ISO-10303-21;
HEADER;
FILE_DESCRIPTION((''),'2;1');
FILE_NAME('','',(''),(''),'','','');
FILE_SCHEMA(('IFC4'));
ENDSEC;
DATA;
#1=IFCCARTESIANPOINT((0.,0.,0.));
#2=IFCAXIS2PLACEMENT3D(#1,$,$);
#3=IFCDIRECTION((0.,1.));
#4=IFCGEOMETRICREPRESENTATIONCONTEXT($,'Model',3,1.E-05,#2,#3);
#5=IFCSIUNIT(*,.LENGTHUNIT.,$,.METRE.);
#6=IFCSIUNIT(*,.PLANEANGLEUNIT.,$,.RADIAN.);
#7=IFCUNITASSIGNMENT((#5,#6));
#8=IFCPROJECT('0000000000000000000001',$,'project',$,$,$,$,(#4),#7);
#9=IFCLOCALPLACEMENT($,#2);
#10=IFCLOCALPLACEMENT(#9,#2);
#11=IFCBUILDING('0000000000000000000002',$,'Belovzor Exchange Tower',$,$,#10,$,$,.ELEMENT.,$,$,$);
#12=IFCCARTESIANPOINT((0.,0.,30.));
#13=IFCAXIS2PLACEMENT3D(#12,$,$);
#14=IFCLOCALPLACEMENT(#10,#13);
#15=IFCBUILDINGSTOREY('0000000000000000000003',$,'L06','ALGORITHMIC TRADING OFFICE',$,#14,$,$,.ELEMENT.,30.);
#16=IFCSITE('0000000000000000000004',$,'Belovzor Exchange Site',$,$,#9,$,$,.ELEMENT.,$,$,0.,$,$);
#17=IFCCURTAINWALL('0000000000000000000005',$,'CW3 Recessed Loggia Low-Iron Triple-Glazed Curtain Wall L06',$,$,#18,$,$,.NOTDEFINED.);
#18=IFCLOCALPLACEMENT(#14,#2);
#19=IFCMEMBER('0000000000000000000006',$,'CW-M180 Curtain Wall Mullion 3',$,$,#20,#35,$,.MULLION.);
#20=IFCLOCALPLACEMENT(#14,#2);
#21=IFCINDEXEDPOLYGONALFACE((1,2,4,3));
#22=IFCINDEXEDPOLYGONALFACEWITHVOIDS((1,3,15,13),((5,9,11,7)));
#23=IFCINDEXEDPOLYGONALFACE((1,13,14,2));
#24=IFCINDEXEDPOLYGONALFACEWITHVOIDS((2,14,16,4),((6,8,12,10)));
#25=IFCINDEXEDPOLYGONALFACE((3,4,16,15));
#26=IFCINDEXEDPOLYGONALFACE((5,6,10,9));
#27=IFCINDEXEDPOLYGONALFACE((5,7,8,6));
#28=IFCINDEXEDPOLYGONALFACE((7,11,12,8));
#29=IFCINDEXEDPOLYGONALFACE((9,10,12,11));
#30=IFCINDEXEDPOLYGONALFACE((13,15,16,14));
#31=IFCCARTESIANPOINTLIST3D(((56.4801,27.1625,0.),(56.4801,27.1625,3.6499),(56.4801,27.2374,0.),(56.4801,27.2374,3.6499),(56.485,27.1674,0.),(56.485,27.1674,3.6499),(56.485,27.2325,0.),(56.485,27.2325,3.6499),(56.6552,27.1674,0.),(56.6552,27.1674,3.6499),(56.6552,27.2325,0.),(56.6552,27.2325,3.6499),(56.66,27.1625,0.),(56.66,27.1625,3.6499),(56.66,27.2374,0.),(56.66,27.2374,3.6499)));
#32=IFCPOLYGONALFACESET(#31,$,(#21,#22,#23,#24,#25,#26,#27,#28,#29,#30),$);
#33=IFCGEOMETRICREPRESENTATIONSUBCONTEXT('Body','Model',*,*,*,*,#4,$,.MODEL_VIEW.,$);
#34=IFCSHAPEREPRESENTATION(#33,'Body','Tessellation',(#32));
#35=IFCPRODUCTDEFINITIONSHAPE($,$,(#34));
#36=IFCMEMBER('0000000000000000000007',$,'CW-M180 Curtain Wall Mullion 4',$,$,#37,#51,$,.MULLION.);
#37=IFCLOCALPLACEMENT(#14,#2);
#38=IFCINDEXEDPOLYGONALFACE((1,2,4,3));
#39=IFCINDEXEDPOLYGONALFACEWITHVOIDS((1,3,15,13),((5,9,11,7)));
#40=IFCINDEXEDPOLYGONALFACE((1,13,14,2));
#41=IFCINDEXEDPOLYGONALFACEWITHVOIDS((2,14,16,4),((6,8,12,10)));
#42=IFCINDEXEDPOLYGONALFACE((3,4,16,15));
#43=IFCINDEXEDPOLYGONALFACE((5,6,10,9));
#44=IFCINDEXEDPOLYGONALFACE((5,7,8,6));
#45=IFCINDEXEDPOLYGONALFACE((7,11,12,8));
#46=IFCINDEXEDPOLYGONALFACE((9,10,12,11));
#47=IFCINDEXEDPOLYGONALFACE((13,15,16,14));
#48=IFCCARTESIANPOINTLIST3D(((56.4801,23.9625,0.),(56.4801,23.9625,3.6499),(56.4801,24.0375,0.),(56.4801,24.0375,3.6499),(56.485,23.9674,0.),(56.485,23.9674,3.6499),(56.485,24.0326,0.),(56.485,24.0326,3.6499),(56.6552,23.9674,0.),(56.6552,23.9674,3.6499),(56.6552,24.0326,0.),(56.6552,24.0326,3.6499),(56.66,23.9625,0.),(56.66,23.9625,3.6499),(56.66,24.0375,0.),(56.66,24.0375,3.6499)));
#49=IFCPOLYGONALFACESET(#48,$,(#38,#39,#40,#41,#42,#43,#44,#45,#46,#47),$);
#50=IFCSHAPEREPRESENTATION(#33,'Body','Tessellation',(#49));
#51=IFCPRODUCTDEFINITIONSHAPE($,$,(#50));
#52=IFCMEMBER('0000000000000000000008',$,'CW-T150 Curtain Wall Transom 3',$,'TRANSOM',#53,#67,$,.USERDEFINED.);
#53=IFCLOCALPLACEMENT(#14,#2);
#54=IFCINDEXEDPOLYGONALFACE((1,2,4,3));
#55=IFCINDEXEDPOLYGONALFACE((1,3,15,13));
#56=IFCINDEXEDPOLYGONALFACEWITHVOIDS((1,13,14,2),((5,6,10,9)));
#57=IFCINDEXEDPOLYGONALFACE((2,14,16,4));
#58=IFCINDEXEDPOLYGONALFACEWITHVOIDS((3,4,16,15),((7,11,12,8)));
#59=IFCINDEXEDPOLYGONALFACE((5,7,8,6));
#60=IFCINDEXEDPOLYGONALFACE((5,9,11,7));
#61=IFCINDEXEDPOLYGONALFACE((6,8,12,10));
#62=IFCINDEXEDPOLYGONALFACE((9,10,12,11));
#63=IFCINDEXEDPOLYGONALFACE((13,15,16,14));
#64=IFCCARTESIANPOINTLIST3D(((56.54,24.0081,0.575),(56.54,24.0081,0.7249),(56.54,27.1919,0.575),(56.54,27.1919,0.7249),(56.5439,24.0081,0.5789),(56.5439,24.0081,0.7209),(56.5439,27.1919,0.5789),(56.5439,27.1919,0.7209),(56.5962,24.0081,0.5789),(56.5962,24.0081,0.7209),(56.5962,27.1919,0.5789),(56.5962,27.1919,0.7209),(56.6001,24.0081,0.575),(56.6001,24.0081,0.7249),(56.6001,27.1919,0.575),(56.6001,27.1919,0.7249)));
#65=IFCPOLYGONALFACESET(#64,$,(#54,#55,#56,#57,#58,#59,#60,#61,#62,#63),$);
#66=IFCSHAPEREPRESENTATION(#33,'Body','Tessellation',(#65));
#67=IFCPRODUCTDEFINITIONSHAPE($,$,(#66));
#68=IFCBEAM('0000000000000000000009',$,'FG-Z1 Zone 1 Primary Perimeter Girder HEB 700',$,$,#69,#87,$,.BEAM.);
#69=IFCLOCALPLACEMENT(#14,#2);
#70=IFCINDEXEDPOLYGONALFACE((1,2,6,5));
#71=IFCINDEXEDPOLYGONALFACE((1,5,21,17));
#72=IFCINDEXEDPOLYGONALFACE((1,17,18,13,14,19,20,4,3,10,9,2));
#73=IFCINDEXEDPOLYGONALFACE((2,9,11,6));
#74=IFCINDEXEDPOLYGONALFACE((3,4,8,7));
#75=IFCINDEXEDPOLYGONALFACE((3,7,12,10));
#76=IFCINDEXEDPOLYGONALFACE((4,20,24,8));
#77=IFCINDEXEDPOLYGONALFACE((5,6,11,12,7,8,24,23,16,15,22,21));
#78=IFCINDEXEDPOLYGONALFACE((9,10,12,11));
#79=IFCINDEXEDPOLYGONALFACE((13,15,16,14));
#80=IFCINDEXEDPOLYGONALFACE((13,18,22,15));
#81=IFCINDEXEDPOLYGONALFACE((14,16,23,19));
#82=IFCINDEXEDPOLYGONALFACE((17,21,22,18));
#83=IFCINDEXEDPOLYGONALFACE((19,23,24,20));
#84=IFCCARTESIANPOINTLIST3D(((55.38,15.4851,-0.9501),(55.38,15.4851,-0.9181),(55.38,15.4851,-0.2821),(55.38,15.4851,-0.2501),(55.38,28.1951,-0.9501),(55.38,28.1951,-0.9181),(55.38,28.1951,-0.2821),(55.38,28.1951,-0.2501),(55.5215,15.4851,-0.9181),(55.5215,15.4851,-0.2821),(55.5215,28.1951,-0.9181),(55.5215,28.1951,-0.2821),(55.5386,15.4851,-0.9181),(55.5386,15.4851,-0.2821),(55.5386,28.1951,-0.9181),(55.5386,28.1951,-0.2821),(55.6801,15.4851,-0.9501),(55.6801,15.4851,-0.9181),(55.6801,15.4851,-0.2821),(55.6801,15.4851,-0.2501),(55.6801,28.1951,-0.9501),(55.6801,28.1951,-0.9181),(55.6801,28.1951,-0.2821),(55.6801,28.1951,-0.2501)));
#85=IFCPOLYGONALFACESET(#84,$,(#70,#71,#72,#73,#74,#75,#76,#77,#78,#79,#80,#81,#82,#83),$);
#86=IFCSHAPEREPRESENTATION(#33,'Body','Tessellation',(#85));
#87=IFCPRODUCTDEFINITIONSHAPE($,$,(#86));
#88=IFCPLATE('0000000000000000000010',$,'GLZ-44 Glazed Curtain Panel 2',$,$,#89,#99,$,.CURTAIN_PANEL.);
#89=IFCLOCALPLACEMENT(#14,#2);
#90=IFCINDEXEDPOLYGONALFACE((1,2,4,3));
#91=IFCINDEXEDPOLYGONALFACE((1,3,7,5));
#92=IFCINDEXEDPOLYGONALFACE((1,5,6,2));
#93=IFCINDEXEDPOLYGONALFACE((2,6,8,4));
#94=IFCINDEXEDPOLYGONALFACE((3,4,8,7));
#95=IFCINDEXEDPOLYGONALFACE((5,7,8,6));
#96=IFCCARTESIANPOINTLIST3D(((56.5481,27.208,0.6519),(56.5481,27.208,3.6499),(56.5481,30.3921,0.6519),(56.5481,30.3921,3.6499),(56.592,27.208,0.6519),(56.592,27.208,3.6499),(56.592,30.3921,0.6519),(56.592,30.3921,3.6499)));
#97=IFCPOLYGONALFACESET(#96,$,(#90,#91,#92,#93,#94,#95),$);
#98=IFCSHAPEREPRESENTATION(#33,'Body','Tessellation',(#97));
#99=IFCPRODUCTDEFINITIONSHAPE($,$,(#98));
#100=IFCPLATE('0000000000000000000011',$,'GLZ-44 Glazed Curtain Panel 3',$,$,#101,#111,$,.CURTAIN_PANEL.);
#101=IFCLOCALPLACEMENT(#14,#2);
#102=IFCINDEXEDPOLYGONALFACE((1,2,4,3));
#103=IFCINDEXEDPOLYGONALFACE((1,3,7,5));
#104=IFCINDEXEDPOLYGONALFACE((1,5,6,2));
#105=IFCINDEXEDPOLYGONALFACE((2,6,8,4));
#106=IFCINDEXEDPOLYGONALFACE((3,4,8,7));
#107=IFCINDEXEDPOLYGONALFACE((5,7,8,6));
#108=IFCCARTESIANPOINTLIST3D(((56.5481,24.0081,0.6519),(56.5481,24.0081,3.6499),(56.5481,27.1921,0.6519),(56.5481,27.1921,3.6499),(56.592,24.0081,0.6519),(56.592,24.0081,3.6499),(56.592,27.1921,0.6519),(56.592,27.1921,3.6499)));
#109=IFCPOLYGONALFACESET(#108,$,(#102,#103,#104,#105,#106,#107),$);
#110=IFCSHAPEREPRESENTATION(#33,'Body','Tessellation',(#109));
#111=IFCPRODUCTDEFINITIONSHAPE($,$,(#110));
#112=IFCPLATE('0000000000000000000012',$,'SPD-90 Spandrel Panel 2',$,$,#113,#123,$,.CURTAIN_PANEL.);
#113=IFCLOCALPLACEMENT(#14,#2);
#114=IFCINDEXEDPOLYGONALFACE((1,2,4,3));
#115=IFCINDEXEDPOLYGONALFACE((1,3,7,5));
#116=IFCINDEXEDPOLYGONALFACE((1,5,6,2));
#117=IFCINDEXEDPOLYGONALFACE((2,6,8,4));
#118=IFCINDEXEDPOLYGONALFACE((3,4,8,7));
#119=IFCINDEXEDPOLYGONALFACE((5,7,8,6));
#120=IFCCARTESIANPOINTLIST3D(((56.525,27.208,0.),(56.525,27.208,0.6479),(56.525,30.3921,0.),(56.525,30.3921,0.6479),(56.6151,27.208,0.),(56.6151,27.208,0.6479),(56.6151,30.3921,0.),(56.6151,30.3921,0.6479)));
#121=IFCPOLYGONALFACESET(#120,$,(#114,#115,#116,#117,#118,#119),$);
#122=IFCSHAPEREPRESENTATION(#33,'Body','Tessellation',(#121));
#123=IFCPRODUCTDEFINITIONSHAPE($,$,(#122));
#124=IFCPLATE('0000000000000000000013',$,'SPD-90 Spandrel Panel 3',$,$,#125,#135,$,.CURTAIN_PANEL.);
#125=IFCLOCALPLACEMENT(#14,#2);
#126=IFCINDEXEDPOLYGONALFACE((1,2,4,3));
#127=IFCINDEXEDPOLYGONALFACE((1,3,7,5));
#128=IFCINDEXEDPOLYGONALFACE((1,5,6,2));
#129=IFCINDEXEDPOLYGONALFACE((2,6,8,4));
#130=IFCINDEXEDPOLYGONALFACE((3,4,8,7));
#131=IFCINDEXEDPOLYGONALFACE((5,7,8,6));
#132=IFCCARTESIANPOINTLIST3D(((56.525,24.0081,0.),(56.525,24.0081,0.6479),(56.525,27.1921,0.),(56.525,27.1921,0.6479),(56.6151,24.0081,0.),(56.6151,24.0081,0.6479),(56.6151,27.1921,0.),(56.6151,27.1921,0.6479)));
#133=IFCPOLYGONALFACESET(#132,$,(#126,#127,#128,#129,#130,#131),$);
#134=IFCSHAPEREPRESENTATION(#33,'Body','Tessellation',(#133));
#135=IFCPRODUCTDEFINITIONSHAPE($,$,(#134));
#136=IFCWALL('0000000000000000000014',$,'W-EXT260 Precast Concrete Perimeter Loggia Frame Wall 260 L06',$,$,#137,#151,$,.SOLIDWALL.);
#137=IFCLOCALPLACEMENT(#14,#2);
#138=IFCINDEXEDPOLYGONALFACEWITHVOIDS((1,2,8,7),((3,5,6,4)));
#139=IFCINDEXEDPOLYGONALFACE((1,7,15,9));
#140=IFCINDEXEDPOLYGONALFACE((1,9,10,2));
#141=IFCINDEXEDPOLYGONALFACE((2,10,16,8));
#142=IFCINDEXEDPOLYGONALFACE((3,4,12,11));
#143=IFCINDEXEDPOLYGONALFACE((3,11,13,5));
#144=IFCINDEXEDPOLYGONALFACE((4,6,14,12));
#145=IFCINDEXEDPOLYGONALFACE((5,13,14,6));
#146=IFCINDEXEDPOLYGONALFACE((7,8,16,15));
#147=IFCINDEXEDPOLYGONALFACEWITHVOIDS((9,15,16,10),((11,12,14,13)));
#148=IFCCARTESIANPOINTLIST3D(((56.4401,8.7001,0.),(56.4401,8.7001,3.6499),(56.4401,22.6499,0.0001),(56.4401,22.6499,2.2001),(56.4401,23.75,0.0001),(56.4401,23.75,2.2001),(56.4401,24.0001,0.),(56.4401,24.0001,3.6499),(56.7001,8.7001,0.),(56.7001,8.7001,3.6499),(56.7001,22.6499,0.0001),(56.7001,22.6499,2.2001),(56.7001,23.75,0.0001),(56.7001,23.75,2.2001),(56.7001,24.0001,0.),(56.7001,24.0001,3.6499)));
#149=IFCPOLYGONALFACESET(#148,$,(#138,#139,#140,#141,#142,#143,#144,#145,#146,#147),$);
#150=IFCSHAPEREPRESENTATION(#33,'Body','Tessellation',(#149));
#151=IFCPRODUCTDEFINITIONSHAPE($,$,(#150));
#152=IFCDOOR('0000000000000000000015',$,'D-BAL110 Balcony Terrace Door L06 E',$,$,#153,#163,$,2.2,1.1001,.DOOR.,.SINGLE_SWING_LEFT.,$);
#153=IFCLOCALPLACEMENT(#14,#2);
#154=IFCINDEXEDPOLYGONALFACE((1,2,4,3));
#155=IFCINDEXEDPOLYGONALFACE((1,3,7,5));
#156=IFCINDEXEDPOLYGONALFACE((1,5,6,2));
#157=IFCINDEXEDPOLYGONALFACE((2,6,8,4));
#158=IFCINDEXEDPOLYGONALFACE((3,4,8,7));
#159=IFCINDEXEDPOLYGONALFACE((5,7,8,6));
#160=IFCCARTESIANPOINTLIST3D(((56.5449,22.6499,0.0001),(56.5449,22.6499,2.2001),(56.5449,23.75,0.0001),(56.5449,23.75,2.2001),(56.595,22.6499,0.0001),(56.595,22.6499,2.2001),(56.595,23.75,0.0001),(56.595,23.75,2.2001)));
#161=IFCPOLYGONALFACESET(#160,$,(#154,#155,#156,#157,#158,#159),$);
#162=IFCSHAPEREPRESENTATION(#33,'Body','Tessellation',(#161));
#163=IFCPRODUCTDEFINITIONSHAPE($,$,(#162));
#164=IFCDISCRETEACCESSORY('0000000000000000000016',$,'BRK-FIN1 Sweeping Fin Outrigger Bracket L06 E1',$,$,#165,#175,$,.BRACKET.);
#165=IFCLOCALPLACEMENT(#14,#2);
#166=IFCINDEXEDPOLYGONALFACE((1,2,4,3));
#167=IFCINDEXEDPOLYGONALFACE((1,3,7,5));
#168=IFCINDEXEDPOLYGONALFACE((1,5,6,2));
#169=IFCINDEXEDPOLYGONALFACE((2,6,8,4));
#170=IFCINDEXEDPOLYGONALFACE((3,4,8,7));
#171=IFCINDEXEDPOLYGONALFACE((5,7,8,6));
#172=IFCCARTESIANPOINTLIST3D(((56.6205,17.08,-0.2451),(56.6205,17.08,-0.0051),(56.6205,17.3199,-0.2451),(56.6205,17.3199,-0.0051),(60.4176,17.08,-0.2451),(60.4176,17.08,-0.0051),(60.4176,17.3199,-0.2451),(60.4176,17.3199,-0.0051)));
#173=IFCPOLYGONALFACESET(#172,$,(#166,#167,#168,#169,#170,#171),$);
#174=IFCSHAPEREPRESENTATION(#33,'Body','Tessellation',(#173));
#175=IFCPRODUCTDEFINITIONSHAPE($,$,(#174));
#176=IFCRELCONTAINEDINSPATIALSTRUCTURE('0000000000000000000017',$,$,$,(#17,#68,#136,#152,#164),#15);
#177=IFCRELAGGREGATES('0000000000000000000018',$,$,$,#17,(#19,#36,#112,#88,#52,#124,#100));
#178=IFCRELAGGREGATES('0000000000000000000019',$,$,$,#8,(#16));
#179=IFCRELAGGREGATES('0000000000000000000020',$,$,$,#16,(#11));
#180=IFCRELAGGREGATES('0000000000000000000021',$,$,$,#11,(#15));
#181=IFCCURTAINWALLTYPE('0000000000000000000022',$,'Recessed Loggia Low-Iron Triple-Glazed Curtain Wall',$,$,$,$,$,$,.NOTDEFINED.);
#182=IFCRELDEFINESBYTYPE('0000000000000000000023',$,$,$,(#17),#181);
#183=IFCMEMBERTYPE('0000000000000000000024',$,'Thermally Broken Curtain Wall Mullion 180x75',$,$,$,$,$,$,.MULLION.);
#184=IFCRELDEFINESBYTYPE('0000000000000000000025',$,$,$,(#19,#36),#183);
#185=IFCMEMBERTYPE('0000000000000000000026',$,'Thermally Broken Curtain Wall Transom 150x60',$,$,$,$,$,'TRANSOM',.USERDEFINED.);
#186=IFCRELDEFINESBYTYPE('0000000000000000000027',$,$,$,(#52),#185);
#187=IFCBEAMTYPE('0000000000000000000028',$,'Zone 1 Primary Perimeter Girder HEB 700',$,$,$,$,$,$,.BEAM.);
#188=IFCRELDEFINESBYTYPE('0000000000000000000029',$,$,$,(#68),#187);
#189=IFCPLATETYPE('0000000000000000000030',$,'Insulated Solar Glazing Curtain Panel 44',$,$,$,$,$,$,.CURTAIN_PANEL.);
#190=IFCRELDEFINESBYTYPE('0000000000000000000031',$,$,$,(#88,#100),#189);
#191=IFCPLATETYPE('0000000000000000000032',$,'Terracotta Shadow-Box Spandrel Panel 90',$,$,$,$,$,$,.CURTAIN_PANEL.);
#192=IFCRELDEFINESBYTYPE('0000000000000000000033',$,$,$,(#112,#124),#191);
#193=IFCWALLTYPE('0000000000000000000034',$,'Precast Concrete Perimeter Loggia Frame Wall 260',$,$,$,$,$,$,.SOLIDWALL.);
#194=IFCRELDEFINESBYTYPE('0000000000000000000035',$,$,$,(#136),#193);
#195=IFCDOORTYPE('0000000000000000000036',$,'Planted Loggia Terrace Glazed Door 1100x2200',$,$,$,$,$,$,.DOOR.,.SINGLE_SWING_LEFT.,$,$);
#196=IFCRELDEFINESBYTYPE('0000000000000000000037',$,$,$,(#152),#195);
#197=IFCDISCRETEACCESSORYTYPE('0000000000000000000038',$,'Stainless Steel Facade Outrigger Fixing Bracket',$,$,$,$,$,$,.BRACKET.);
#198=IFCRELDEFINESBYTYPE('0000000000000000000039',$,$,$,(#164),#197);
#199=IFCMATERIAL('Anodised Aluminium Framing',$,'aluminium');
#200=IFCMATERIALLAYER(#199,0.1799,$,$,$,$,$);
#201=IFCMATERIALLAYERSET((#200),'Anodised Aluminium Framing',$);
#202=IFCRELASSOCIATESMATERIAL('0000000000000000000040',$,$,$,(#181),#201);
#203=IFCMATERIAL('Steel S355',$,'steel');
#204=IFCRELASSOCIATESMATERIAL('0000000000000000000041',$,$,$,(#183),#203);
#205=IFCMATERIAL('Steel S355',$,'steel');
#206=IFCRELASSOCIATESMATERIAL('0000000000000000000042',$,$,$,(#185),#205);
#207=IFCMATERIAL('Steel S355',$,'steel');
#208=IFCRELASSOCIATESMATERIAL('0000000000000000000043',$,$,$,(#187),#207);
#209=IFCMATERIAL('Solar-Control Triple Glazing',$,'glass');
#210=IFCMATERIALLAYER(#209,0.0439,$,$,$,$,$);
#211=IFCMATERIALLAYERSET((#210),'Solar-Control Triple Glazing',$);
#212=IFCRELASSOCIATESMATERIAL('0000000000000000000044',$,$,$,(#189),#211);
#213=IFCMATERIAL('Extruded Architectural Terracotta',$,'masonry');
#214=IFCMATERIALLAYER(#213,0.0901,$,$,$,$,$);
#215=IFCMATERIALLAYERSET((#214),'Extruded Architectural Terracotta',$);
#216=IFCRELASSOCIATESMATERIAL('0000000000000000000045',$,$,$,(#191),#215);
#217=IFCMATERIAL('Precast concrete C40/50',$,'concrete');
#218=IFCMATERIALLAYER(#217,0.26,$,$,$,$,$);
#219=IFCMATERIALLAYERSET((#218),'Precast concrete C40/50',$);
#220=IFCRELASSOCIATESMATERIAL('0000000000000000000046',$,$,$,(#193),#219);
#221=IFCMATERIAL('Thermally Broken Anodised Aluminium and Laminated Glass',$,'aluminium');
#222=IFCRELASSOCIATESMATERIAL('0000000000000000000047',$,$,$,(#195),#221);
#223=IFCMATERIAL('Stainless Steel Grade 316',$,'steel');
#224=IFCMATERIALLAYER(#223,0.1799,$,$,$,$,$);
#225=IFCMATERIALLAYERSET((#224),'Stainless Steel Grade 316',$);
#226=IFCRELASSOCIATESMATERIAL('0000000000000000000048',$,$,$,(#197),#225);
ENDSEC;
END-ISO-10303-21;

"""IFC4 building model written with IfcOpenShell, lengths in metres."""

from ifc_helpers import new_model, si_unit, direction, frame, frame_2d, origin, origin_2d, place, context, subcontext, project, spatial, rectangle, hollow_rectangle, i_section, extrude, material, layer, layer_set, material_profile, profile_set, type_object, element, fill, aggregate, save


model = new_model("IFC4")

# Units and contexts
model_context = context("Model", 3, precision=1e-05, world=origin(), true_north=direction((0.0, 1.0)))
body_context = subcontext(model_context, "Body", "Model", "MODEL_VIEW")
ifc_project = project(units=[si_unit("LENGTHUNIT", "METRE"), si_unit("PLANEANGLEUNIT", "RADIAN")], contexts=[model_context])

# Site, building, storey
site_placement = place(None, origin())
site = spatial("IfcSite", under=ifc_project, at=site_placement, Name="Belovzor Exchange Site", CompositionType="ELEMENT", RefElevation=0.0)
building_placement = place(site_placement, origin())
building = spatial("IfcBuilding", under=site, at=building_placement, Name="Belovzor Exchange Tower", CompositionType="ELEMENT")
storey_placement = place(building_placement, frame((0.0, 0.0, 30.0)))
storey = spatial("IfcBuildingStorey", under=building, at=storey_placement, Name="L06", Description="ALGORITHMIC TRADING OFFICE", CompositionType="ELEMENT", Elevation=30.0)

# Curtain wall, members
ifc_material_1 = material(Name="Anodised Aluminium Framing", Category="aluminium")
ifc_layer_1 = layer(ifc_material_1, 0.1799)
ifc_layer_set_1 = layer_set([ifc_layer_1], Name="Anodised Aluminium Framing")
curtain_wall_type = type_object("IfcCurtainWallType", Name="Recessed Loggia Low-Iron Triple-Glazed Curtain Wall", PredefinedType="NOTDEFINED", material=ifc_layer_set_1)
curtain_wall_placement = place(storey_placement, origin())
curtain_wall = element("IfcCurtainWall", 1, at=curtain_wall_placement, inside=storey, type_object=curtain_wall_type, Name="CW3 Recessed Loggia Low-Iron Triple-Glazed Curtain Wall L06", PredefinedType="NOTDEFINED")
ifc_material_2 = material(Name="Steel S355", Category="steel")
ifc_material_profile_1 = material_profile(ifc_material_2, hollow_rectangle(XDim=0.075, YDim=0.1799, WallThickness=0.0049, at=origin_2d()))
ifc_profile_set_1 = profile_set([ifc_material_profile_1], Name="Steel S355")
member_type_1 = type_object("IfcMemberType", Name="Thermally Broken Curtain Wall Mullion 180x75", PredefinedType="MULLION", material=ifc_profile_set_1)
member_1_placement = place(storey_placement, frame((56.5701, 27.2, 0.0), z_axis=(0.0, 0.0, 1.0), x_axis=(0.0, -1.0, 0.0)))
member_1 = element("IfcMember", 2, at=member_1_placement, type_object=member_type_1, Name="CW-M180 Curtain Wall Mullion 3", PredefinedType="MULLION", context=body_context, shape_type="SweptSolid", body=[
    extrude(hollow_rectangle(XDim=0.075, YDim=0.1799, WallThickness=0.0049, at=origin_2d()), origin(), (0.0, 0.0, 1.0), 3.6499),
])
member_2_placement = place(storey_placement, frame((56.5701, 24.0, 0.0), z_axis=(0.0, 0.0, 1.0), x_axis=(0.0, -1.0, 0.0)))
member_2 = element("IfcMember", 3, at=member_2_placement, type_object=member_type_1, Name="CW-M180 Curtain Wall Mullion 4", PredefinedType="MULLION", context=body_context, shape_type="SweptSolid", body=[
    extrude(hollow_rectangle(XDim=0.075, YDim=0.1799, WallThickness=0.0049, at=origin_2d()), origin(), (0.0, 0.0, 1.0), 3.6499),
])
ifc_material_3 = material(Name="Steel S355", Category="steel")
ifc_material_profile_2 = material_profile(ifc_material_3, hollow_rectangle(XDim=0.0601, YDim=0.1499, WallThickness=0.0039, at=origin_2d()))
ifc_profile_set_2 = profile_set([ifc_material_profile_2], Name="Steel S355")
member_type_2 = type_object("IfcMemberType", Name="Thermally Broken Curtain Wall Transom 150x60", ElementType="TRANSOM", PredefinedType="USERDEFINED", material=ifc_profile_set_2)
member_3_placement = place(storey_placement, frame((56.5701, 27.1919, 0.6499), z_axis=(0.0, -1.0, 0.0), x_axis=(1.0, 0.0, 0.0)))
member_3 = element("IfcMember", 4, at=member_3_placement, type_object=member_type_2, Name="CW-T150 Curtain Wall Transom 3", ObjectType="TRANSOM", PredefinedType="USERDEFINED", context=body_context, shape_type="SweptSolid", body=[
    extrude(hollow_rectangle(XDim=0.0601, YDim=0.1499, WallThickness=0.0039, at=origin_2d()), origin(), (0.0, 0.0, 1.0), 3.1838),
])

# Beam
ifc_material_4 = material(Name="Steel S355", Category="steel")
ifc_material_profile_3 = material_profile(ifc_material_4, i_section(OverallWidth=0.3, OverallDepth=0.7, WebThickness=0.0171, FlangeThickness=0.032, at=origin_2d()))
ifc_profile_set_3 = profile_set([ifc_material_profile_3], Name="Steel S355")
beam_type_1 = type_object("IfcBeamType", Name="Zone 1 Primary Perimeter Girder HEB 700", PredefinedType="BEAM", material=ifc_profile_set_3)
beam_1_placement = place(storey_placement, frame((55.53, 15.4851, -0.6001), z_axis=(0.0, 1.0, 0.0), x_axis=(-1.0, 0.0, 0.0)))
element("IfcBeam", 5, at=beam_1_placement, inside=storey, type_object=beam_type_1, Name="FG-Z1 Zone 1 Primary Perimeter Girder HEB 700", PredefinedType="BEAM", context=body_context, shape_type="SweptSolid", body=[
    extrude(i_section(OverallWidth=0.3, OverallDepth=0.7, WebThickness=0.0171, FlangeThickness=0.032, at=origin_2d()), origin(), (0.0, 0.0, 1.0), 12.71),
])

# Plates
ifc_material_5 = material(Name="Solar-Control Triple Glazing", Category="glass")
ifc_layer_2 = layer(ifc_material_5, 0.0439)
ifc_layer_set_2 = layer_set([ifc_layer_2], Name="Solar-Control Triple Glazing")
plate_type_1 = type_object("IfcPlateType", Name="Insulated Solar Glazing Curtain Panel 44", PredefinedType="CURTAIN_PANEL", material=ifc_layer_set_2)
plate_1_placement = place(storey_placement, frame((56.5701, 28.8, 0.6519), z_axis=(0.0, 0.0, 1.0), x_axis=(0.0, -1.0, 0.0)))
plate_1 = element("IfcPlate", 6, at=plate_1_placement, type_object=plate_type_1, Name="GLZ-44 Glazed Curtain Panel 2", PredefinedType="CURTAIN_PANEL", context=body_context, shape_type="SweptSolid", body=[
    extrude(rectangle(XDim=3.1841, YDim=0.0439, at=origin_2d()), origin(), (0.0, 0.0, 1.0), 2.998),
])
plate_2_placement = place(storey_placement, frame((56.5701, 25.6001, 0.6519), z_axis=(0.0, 0.0, 1.0), x_axis=(0.0, -1.0, 0.0)))
plate_2 = element("IfcPlate", 7, at=plate_2_placement, type_object=plate_type_1, Name="GLZ-44 Glazed Curtain Panel 3", PredefinedType="CURTAIN_PANEL", context=body_context, shape_type="SweptSolid", body=[
    extrude(rectangle(XDim=3.1841, YDim=0.0439, at=origin_2d()), origin(), (0.0, 0.0, 1.0), 2.998),
])
ifc_material_6 = material(Name="Extruded Architectural Terracotta", Category="masonry")
ifc_layer_3 = layer(ifc_material_6, 0.0901)
ifc_layer_set_3 = layer_set([ifc_layer_3], Name="Extruded Architectural Terracotta")
plate_type_2 = type_object("IfcPlateType", Name="Terracotta Shadow-Box Spandrel Panel 90", PredefinedType="CURTAIN_PANEL", material=ifc_layer_set_3)
plate_3_placement = place(storey_placement, frame((56.5701, 28.8, 0.0), z_axis=(0.0, 0.0, 1.0), x_axis=(0.0, -1.0, 0.0)))
plate_3 = element("IfcPlate", 8, at=plate_3_placement, type_object=plate_type_2, Name="SPD-90 Spandrel Panel 2", PredefinedType="CURTAIN_PANEL", context=body_context, shape_type="SweptSolid", body=[
    extrude(rectangle(XDim=3.1841, YDim=0.0901, at=origin_2d()), origin(), (0.0, 0.0, 1.0), 0.6479),
])
plate_4_placement = place(storey_placement, frame((56.5701, 25.6001, 0.0), z_axis=(0.0, 0.0, 1.0), x_axis=(0.0, -1.0, 0.0)))
plate_4 = element("IfcPlate", 9, at=plate_4_placement, type_object=plate_type_2, Name="SPD-90 Spandrel Panel 3", PredefinedType="CURTAIN_PANEL", context=body_context, shape_type="SweptSolid", body=[
    extrude(rectangle(XDim=3.1841, YDim=0.0901, at=origin_2d()), origin(), (0.0, 0.0, 1.0), 0.6479),
])
aggregate(curtain_wall, [member_1, member_2, plate_3, plate_1, member_3, plate_4, plate_2])

# Wall, opening, door
ifc_material_7 = material(Name="Precast concrete C40/50", Category="concrete")
ifc_layer_4 = layer(ifc_material_7, 0.26)
ifc_layer_set_4 = layer_set([ifc_layer_4], Name="Precast concrete C40/50")
wall_type = type_object("IfcWallType", Name="Precast Concrete Perimeter Loggia Frame Wall 260", PredefinedType="SOLIDWALL", material=ifc_layer_set_4)
wall_placement = place(storey_placement, frame((56.5701, 24.0, 0.0), z_axis=(0.0, 0.0, 1.0), x_axis=(0.0, -1.0, 0.0)))
wall = element("IfcWall", 10, at=wall_placement, inside=storey, type_object=wall_type, Name="W-EXT260 Precast Concrete Perimeter Loggia Frame Wall 260 L06", PredefinedType="SOLIDWALL", context=body_context, shape_type="SweptSolid", body=[
    extrude(rectangle(XDim=15.3, YDim=0.26, at=frame_2d((7.6499, 0.0))), origin(), (0.0, 0.0, 1.0), 3.6499),
])
opening_placement = place(wall_placement, frame((0.25, 0.0, 0.0)))
opening = element("IfcOpeningElement", 11, at=opening_placement, cuts=wall, PredefinedType="OPENING", context=body_context, shape_type="SweptSolid", body=[
    extrude(rectangle(XDim=1.1001, YDim=2.2, at=frame_2d((0.55, 1.1001))), frame((0.0, 0.1399, 0.0), z_axis=(0.0, -1.0, 0.0), x_axis=(1.0, 0.0, 0.0)), (0.0, 0.0, 1.0), 0.28),
])
ifc_material_8 = material(Name="Thermally Broken Anodised Aluminium and Laminated Glass", Category="aluminium")
door_type = type_object("IfcDoorType", Name="Planted Loggia Terrace Glazed Door 1100x2200", OperationType="SINGLE_SWING_LEFT", PredefinedType="DOOR", material=ifc_material_8)
door_placement = place(opening_placement, origin())
door = element("IfcDoor", 12, at=door_placement, inside=storey, type_object=door_type, Name="D-BAL110 Balcony Terrace Door L06 E", OperationType="SINGLE_SWING_LEFT", OverallHeight=2.2, OverallWidth=1.1001, PredefinedType="DOOR", context=body_context, shape_type="SweptSolid", body=[
    extrude(rectangle(XDim=1.1001, YDim=2.2, at=frame_2d((0.55, 1.1001))), frame((0.0, 0.0249, 0.0), z_axis=(0.0, -1.0, 0.0), x_axis=(1.0, 0.0, 0.0)), (0.0, 0.0, 1.0), 0.05),
])
fill(opening, door)

# Discrete accessory
ifc_material_9 = material(Name="Stainless Steel Grade 316", Category="steel")
ifc_layer_5 = layer(ifc_material_9, 0.1799)
ifc_layer_set_5 = layer_set([ifc_layer_5], Name="Stainless Steel Grade 316")
discrete_accessory_type = type_object("IfcDiscreteAccessoryType", Name="Stainless Steel Facade Outrigger Fixing Bracket", PredefinedType="BRACKET", material=ifc_layer_set_5)
for number, where, z_axis, x_axis, name in (
    (13, (58.519, 17.2, -0.2451), (0.0, 0.0, 1.0), (1.0, 0.0, 0.0), "BRK-FIN1 Sweeping Fin Outrigger Bracket L06 E1"),
):
    element("IfcDiscreteAccessory", number, at=place(storey_placement, frame(where, z_axis=z_axis, x_axis=x_axis)), inside=storey, type_object=discrete_accessory_type, Name=name, PredefinedType="BRACKET", context=body_context, shape_type="SweptSolid", body=[
        extrude(rectangle(XDim=3.7971, YDim=0.24, at=origin_2d()), origin(), (0.0, 0.0, 1.0), 0.24),
    ])

save(model, "model.ifc")
